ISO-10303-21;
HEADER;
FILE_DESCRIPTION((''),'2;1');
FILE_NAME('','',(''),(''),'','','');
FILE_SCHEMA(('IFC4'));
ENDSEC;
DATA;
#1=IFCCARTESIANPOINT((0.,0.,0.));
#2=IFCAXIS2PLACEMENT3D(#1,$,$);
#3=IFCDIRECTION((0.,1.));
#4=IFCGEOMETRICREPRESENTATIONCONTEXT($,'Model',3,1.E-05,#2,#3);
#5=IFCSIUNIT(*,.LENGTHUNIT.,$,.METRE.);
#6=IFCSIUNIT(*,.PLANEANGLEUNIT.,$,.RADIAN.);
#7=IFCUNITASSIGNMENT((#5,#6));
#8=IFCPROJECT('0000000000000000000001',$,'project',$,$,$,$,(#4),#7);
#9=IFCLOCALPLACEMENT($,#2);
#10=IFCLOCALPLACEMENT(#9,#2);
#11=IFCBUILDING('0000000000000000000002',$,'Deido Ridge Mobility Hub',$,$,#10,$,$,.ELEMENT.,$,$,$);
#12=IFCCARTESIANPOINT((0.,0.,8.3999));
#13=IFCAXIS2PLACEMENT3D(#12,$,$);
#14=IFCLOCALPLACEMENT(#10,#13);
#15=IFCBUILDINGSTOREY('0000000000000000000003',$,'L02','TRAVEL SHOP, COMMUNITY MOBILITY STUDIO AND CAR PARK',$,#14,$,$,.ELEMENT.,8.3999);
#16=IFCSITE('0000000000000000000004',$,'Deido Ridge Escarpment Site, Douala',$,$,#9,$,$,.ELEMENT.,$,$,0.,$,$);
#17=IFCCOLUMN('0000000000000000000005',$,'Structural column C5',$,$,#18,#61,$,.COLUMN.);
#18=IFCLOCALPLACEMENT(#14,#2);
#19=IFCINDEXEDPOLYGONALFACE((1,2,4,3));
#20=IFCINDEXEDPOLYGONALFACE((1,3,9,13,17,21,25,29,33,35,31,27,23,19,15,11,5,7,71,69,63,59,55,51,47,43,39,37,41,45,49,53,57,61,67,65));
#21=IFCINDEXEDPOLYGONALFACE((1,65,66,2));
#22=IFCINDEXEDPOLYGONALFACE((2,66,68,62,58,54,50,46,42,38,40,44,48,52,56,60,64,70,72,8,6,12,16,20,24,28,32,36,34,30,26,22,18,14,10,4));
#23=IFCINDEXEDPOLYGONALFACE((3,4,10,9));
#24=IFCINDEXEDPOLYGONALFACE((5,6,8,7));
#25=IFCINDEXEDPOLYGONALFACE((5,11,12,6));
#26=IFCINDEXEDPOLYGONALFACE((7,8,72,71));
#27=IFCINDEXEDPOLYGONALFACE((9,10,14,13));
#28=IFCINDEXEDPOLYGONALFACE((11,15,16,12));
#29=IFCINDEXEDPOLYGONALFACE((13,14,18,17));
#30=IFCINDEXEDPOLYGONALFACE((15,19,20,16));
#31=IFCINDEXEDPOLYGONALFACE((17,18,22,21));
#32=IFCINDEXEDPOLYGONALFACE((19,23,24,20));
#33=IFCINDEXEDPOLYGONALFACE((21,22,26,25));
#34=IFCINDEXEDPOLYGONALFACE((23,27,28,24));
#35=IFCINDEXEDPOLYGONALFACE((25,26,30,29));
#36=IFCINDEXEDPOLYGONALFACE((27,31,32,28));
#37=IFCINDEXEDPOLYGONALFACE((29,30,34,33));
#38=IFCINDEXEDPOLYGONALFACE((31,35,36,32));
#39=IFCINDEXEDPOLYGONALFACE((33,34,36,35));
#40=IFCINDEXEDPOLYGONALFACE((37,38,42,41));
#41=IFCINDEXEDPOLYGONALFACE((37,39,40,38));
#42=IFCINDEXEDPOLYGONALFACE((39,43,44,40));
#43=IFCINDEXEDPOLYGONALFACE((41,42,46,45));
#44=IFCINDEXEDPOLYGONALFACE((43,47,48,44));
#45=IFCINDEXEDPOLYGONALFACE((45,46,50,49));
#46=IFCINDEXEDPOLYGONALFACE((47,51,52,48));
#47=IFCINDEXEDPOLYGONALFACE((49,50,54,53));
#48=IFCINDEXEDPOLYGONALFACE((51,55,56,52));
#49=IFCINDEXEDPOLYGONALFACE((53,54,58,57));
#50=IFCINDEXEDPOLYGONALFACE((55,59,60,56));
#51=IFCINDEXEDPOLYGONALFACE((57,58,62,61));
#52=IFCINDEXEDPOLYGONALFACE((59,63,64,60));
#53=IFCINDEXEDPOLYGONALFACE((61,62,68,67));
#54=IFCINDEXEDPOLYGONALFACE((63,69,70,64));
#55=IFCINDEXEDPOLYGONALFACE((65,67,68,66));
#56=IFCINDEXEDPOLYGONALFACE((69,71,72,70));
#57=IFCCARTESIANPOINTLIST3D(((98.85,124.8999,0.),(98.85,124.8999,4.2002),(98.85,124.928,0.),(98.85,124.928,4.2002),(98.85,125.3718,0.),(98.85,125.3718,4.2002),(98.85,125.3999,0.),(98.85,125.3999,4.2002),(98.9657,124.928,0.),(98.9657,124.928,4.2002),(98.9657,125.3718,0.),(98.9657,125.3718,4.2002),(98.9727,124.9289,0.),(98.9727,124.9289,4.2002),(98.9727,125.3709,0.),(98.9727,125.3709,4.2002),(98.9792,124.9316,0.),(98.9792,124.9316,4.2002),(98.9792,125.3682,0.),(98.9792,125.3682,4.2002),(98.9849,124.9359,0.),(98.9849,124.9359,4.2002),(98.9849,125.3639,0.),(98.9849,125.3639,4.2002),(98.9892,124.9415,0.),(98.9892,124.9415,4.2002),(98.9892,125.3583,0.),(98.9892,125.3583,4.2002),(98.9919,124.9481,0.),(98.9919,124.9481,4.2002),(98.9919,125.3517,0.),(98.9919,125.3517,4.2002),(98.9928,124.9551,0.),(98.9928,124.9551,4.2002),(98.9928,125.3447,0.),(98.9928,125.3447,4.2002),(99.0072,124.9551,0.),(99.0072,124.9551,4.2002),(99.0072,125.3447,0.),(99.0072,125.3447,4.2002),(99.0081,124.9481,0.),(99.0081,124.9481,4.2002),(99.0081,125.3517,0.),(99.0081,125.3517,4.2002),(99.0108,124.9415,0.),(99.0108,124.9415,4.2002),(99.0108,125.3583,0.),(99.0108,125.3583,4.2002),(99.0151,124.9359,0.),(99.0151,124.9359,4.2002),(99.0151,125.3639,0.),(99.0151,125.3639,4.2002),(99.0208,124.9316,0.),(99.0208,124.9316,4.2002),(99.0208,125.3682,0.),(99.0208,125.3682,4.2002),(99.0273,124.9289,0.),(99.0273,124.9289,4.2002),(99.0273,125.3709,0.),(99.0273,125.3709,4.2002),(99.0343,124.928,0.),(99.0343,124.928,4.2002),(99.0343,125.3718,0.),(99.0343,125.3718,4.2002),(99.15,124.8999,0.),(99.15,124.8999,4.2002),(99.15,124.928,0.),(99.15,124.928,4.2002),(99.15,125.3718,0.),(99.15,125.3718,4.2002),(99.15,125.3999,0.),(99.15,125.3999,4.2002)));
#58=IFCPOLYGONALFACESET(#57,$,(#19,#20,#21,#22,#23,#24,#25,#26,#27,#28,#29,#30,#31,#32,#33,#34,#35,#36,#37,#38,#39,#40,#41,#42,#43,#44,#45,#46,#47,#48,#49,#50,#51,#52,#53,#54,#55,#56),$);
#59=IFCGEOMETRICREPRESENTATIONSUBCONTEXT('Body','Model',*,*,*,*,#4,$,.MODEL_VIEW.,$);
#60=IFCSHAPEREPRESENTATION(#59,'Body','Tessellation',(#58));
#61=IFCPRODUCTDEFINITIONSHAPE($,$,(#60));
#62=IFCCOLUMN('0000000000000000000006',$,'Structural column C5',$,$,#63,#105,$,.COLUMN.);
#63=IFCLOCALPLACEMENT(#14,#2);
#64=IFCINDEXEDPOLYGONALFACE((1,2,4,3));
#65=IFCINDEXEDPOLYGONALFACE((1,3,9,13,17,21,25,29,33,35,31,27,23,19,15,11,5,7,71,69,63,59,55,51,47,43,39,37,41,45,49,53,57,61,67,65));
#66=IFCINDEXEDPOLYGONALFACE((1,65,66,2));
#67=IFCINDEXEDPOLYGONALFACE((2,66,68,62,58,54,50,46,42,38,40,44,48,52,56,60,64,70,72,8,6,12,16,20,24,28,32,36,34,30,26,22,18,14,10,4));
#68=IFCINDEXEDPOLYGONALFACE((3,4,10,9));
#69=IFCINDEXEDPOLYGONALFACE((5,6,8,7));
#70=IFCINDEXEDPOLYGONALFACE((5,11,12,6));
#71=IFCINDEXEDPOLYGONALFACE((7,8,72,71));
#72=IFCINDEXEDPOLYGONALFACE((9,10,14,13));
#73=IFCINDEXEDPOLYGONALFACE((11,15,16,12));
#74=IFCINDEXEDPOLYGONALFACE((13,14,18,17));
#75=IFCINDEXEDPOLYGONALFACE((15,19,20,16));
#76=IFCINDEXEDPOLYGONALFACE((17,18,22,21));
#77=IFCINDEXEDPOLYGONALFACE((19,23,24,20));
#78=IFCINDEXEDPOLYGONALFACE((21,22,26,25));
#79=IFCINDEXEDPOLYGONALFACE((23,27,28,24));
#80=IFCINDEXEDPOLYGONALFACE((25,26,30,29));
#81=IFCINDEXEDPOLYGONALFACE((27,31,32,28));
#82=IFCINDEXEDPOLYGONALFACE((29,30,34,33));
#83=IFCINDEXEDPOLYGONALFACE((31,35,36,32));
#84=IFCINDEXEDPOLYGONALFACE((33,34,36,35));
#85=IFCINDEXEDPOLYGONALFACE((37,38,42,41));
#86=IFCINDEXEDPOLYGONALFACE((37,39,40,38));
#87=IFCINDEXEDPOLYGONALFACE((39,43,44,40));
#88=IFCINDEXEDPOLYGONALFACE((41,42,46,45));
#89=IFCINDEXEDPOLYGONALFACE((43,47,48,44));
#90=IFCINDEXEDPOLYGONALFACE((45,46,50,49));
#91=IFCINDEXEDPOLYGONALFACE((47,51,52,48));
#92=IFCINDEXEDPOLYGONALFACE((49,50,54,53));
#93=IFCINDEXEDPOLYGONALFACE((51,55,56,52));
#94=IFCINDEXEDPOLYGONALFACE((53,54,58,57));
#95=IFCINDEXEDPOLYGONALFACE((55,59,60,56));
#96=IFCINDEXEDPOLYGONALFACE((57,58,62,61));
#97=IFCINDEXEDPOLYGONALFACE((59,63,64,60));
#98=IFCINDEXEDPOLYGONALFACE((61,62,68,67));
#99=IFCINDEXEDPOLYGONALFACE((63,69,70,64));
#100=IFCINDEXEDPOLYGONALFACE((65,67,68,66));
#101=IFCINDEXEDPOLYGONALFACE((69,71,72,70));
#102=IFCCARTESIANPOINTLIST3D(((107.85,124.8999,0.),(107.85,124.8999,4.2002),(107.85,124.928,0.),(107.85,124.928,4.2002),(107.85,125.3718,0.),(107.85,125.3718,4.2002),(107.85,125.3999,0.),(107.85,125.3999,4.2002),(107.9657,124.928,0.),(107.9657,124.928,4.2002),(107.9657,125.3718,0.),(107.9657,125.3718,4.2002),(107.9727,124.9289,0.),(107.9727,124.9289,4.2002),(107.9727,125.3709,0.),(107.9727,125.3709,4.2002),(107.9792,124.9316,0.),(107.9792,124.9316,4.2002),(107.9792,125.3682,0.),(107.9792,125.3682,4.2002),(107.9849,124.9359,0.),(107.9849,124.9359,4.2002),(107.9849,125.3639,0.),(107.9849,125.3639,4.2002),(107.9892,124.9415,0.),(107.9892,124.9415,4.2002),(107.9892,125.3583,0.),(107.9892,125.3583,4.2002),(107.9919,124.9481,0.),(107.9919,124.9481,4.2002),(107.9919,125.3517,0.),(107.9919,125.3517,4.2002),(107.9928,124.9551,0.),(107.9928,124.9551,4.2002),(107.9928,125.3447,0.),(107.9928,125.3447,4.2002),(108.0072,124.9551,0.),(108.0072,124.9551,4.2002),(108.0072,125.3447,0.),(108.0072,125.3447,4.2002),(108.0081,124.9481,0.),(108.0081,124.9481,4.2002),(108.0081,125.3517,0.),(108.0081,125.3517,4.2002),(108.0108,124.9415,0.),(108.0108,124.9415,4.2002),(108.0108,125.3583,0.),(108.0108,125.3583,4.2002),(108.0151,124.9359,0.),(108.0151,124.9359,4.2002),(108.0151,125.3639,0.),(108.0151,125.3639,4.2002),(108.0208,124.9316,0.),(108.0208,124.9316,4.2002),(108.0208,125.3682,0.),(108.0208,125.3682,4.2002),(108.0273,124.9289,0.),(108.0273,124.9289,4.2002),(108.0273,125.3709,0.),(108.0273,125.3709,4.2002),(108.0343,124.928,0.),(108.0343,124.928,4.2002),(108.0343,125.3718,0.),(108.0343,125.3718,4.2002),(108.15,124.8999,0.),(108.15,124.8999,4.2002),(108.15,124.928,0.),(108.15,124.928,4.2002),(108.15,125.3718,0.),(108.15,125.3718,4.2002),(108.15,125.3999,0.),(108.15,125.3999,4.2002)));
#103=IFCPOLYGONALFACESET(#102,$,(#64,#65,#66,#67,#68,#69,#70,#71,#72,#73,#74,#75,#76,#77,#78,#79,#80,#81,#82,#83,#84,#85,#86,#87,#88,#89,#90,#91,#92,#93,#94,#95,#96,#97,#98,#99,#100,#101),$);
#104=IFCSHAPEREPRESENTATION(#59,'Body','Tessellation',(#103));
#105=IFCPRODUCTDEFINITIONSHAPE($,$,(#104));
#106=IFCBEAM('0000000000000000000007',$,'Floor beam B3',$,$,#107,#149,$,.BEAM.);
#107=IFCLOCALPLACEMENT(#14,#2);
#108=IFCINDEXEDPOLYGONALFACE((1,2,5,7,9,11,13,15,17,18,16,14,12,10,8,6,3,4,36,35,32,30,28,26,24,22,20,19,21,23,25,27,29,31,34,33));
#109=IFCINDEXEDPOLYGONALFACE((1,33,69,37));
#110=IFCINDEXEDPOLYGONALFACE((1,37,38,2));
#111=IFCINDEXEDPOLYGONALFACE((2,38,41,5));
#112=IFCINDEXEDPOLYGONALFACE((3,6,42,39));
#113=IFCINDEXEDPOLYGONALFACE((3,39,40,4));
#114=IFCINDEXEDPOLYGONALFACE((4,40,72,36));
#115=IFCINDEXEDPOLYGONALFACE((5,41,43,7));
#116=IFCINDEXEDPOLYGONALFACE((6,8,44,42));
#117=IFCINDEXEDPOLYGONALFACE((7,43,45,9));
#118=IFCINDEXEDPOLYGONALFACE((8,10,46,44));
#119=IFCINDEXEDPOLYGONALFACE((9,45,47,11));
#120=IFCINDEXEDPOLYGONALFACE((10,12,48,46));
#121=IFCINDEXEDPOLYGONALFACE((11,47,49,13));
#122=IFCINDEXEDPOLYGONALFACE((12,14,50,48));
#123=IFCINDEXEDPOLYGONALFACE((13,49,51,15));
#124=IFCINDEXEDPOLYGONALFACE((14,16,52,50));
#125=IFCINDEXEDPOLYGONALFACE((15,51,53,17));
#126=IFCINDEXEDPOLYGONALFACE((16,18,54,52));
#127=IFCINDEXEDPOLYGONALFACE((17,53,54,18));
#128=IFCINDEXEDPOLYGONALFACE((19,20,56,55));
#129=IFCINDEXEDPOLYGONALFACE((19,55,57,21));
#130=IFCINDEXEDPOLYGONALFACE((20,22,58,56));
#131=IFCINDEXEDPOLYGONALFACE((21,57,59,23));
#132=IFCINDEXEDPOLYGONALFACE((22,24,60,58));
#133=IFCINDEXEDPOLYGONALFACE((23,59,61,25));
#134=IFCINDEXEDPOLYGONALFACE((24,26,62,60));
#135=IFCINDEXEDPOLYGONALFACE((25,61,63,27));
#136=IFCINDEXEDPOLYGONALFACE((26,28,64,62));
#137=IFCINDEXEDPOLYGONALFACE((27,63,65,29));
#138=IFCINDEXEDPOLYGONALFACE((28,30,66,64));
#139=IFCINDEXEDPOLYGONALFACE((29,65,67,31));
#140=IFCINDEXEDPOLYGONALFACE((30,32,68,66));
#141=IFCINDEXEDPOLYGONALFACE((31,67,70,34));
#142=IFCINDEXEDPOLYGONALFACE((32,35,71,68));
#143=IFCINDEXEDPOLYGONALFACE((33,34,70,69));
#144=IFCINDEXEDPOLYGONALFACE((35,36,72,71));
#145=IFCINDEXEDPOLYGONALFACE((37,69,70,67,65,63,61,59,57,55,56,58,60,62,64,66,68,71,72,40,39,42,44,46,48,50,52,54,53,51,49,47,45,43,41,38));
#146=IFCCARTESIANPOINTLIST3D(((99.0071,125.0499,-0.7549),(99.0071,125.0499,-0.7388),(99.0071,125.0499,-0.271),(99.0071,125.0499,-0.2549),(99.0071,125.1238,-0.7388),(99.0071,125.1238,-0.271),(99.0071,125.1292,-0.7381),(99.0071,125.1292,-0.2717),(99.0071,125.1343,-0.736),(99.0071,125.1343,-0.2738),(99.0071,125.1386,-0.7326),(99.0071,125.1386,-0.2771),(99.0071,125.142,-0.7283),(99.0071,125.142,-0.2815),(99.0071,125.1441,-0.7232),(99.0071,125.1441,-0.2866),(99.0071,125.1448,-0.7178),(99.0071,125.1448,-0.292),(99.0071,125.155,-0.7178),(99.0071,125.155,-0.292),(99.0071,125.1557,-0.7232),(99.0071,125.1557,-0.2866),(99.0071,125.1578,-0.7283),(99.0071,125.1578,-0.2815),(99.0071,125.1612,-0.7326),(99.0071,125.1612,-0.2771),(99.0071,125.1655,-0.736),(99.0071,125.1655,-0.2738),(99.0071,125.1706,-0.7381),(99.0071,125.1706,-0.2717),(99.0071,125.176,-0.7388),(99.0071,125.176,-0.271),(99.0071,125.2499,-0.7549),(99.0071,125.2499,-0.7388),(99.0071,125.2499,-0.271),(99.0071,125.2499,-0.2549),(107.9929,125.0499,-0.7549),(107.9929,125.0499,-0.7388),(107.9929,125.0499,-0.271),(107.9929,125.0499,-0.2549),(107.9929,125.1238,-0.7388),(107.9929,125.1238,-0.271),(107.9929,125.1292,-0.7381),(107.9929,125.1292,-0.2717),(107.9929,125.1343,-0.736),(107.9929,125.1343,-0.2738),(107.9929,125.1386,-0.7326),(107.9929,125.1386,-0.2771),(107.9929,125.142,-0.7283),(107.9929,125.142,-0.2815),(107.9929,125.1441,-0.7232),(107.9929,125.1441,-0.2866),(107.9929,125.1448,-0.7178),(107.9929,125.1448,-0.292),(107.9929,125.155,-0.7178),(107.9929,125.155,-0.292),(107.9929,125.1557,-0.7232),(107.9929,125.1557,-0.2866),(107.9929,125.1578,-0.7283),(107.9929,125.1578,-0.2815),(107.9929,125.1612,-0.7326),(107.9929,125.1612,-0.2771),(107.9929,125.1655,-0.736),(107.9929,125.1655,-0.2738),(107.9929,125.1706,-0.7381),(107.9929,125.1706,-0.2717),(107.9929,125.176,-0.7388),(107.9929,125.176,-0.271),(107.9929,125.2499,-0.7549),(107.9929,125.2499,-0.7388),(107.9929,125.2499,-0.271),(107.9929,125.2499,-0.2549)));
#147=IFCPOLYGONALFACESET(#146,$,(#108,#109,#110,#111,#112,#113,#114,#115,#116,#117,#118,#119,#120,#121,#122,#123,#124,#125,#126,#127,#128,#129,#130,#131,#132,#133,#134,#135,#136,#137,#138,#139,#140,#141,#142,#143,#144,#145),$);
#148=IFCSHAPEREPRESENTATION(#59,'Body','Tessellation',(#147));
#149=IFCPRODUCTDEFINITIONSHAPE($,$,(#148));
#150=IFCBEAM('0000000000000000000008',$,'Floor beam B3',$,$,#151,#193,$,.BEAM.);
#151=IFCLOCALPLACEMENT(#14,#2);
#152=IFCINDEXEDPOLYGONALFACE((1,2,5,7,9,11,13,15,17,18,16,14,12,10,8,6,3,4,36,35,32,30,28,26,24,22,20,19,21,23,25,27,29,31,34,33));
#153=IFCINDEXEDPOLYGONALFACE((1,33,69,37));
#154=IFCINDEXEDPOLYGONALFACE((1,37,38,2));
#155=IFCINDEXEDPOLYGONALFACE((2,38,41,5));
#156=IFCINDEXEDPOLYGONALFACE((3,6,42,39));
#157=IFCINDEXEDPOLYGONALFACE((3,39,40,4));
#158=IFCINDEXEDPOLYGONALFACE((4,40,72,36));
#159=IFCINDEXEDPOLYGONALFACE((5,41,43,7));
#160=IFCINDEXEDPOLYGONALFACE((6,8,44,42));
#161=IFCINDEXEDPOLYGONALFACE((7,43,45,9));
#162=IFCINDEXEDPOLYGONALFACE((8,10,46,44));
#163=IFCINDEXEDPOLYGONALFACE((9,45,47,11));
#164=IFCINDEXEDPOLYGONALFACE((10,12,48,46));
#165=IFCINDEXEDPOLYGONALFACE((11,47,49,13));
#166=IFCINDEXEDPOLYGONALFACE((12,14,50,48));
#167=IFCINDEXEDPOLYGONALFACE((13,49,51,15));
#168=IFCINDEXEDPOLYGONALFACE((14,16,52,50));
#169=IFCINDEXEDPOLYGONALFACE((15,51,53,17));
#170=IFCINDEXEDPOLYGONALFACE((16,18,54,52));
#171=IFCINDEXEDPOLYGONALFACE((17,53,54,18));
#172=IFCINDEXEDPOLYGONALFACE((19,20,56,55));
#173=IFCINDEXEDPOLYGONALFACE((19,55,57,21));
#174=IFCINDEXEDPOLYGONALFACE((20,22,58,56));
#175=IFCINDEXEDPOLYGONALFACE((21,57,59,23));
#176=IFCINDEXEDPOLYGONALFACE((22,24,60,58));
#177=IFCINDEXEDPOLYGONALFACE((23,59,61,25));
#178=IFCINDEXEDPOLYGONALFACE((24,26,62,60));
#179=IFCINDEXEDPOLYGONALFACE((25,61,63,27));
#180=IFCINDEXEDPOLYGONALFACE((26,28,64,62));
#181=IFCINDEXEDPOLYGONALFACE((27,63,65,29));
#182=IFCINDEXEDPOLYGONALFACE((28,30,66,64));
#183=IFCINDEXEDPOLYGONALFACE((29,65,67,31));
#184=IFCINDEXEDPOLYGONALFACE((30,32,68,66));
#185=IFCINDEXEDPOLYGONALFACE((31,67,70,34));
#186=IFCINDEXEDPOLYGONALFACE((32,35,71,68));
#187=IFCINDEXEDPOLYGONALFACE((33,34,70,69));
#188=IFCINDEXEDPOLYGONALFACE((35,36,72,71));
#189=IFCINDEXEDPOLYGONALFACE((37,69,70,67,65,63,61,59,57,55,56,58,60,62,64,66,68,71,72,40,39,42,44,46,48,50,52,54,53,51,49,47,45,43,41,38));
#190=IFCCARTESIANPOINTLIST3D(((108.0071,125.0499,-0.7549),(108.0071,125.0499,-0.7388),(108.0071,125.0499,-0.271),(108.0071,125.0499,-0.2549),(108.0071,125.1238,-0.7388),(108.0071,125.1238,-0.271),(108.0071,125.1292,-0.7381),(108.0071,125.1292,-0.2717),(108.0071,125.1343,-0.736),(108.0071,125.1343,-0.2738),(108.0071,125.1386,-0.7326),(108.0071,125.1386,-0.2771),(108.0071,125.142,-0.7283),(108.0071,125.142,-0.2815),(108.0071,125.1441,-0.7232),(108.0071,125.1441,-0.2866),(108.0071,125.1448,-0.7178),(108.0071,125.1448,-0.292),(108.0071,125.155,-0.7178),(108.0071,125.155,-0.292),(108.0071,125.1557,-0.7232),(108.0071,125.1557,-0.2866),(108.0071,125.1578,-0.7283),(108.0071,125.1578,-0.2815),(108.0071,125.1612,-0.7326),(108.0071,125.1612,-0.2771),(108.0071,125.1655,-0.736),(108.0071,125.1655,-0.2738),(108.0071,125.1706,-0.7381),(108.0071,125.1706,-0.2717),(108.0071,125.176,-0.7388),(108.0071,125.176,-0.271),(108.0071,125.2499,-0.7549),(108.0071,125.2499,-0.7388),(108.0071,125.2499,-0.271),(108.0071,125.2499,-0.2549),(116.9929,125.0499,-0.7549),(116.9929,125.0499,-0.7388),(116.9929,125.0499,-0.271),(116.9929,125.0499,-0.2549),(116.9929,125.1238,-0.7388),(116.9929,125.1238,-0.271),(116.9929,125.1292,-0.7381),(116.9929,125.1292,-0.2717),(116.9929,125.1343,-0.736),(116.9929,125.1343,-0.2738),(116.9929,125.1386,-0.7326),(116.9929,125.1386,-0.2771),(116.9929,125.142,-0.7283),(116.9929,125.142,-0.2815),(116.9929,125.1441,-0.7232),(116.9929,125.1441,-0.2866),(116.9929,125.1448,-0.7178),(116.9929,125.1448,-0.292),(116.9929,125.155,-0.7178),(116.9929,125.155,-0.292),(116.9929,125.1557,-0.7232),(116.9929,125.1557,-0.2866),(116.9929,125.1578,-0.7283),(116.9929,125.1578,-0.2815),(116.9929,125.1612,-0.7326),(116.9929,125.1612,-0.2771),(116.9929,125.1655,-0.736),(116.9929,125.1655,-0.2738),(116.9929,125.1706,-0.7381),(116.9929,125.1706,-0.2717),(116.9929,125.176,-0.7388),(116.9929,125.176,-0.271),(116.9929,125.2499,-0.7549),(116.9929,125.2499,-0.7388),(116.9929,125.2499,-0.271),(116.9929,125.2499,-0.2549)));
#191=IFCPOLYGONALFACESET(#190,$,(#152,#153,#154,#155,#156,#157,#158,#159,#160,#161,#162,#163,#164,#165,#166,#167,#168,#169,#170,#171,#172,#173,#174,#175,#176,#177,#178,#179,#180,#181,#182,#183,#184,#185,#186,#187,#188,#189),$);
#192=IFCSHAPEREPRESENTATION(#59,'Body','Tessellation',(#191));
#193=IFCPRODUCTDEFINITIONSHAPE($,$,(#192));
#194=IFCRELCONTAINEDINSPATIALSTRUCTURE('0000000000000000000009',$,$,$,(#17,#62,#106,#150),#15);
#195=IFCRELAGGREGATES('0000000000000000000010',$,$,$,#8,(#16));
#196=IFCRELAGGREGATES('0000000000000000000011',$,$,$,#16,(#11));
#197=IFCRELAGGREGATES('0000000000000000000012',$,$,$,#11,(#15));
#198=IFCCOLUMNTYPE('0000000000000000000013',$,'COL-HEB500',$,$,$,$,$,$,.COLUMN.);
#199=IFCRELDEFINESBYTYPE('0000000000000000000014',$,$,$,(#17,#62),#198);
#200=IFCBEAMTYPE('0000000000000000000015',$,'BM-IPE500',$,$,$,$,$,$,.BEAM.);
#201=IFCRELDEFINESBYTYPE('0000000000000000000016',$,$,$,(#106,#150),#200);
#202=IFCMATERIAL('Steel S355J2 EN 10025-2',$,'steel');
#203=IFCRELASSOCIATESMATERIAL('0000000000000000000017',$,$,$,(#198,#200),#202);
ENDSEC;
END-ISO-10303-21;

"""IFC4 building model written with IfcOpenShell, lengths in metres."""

from ifc_helpers import new_model, si_unit, direction, frame, origin, origin_2d, place, context, subcontext, project, spatial, i_section, extrude, material, material_profile, profile_set, type_object, element, save


model = new_model("IFC4")

# Units and contexts
model_context = context("Model", 3, precision=1e-05, world=origin(), true_north=direction((0.0, 1.0)))
body_context = subcontext(model_context, "Body", "Model", "MODEL_VIEW")
ifc_project = project(units=[si_unit("LENGTHUNIT", "METRE"), si_unit("PLANEANGLEUNIT", "RADIAN")], contexts=[model_context])

# Site, building, storey
site_placement = place(None, origin())
site = spatial("IfcSite", under=ifc_project, at=site_placement, Name="Deido Ridge Escarpment Site, Douala", CompositionType="ELEMENT", RefElevation=0.0)
building_placement = place(site_placement, origin())
building = spatial("IfcBuilding", under=site, at=building_placement, Name="Deido Ridge Mobility Hub", CompositionType="ELEMENT")
storey_placement = place(building_placement, frame((0.0, 0.0, 8.3999)))
storey = spatial("IfcBuildingStorey", under=building, at=storey_placement, Name="L02", Description="TRAVEL SHOP, COMMUNITY MOBILITY STUDIO AND CAR PARK", CompositionType="ELEMENT", Elevation=8.3999)

# Columns
ifc_material_1 = material(Name="Steel S355J2 EN 10025-2", Category="steel")
ifc_material_profile_1 = material_profile(ifc_material_1, i_section(OverallWidth=0.3, OverallDepth=0.5, WebThickness=0.0144, FlangeThickness=0.0281, FilletRadius=0.0271, at=origin_2d()), Name="HEB 500")
ifc_profile_set_1 = profile_set([ifc_material_profile_1], Name="Steel S355J2 EN 10025-2")
column_type = type_object("IfcColumnType", Name="COL-HEB500", PredefinedType="COLUMN", material=ifc_profile_set_1)
for number, where, z_axis, x_axis, name in (
    (1, (99.0, 125.1499, 0.0), (0.0, 0.0, 1.0), (1.0, 0.0, 0.0), "Structural column C5"),
    (2, (108.0, 125.1499, 0.0), (0.0, 0.0, 1.0), (1.0, 0.0, 0.0), "Structural column C5"),
):
    element("IfcColumn", number, at=place(storey_placement, frame(where, z_axis=z_axis, x_axis=x_axis)), inside=storey, type_object=column_type, Name=name, PredefinedType="COLUMN", context=body_context, shape_type="SweptSolid", body=[
        extrude(i_section(OverallWidth=0.3, OverallDepth=0.5, WebThickness=0.0144, FlangeThickness=0.0281, FilletRadius=0.0271, at=origin_2d()), origin(), (0.0, 0.0, 1.0), 4.2002),
    ])

# Beams
ifc_material_profile_2 = material_profile(ifc_material_1, i_section(OverallWidth=0.2, OverallDepth=0.5, WebThickness=0.0103, FlangeThickness=0.0161, FilletRadius=0.021, at=origin_2d()), Name="IPE 500")
ifc_profile_set_2 = profile_set([ifc_material_profile_2], Name="Steel S355J2 EN 10025-2")
beam_type = type_object("IfcBeamType", Name="BM-IPE500", PredefinedType="BEAM", material=ifc_profile_set_2)
for number, where, z_axis, x_axis, name in (
    (3, (99.0071, 125.1499, -0.5049), (1.0, 0.0, 0.0), (0.0, 1.0, 0.0), "Floor beam B3"),
    (4, (108.0071, 125.1499, -0.5049), (1.0, 0.0, 0.0), (0.0, 1.0, 0.0), "Floor beam B3"),
):
    element("IfcBeam", number, at=place(storey_placement, frame(where, z_axis=z_axis, x_axis=x_axis)), inside=storey, type_object=beam_type, Name=name, PredefinedType="BEAM", context=body_context, shape_type="SweptSolid", body=[
        extrude(i_section(OverallWidth=0.2, OverallDepth=0.5, WebThickness=0.0103, FlangeThickness=0.0161, FilletRadius=0.021, at=origin_2d()), origin(), (0.0, 0.0, 1.0), 8.9858),
    ])

save(model, "model.ifc")
